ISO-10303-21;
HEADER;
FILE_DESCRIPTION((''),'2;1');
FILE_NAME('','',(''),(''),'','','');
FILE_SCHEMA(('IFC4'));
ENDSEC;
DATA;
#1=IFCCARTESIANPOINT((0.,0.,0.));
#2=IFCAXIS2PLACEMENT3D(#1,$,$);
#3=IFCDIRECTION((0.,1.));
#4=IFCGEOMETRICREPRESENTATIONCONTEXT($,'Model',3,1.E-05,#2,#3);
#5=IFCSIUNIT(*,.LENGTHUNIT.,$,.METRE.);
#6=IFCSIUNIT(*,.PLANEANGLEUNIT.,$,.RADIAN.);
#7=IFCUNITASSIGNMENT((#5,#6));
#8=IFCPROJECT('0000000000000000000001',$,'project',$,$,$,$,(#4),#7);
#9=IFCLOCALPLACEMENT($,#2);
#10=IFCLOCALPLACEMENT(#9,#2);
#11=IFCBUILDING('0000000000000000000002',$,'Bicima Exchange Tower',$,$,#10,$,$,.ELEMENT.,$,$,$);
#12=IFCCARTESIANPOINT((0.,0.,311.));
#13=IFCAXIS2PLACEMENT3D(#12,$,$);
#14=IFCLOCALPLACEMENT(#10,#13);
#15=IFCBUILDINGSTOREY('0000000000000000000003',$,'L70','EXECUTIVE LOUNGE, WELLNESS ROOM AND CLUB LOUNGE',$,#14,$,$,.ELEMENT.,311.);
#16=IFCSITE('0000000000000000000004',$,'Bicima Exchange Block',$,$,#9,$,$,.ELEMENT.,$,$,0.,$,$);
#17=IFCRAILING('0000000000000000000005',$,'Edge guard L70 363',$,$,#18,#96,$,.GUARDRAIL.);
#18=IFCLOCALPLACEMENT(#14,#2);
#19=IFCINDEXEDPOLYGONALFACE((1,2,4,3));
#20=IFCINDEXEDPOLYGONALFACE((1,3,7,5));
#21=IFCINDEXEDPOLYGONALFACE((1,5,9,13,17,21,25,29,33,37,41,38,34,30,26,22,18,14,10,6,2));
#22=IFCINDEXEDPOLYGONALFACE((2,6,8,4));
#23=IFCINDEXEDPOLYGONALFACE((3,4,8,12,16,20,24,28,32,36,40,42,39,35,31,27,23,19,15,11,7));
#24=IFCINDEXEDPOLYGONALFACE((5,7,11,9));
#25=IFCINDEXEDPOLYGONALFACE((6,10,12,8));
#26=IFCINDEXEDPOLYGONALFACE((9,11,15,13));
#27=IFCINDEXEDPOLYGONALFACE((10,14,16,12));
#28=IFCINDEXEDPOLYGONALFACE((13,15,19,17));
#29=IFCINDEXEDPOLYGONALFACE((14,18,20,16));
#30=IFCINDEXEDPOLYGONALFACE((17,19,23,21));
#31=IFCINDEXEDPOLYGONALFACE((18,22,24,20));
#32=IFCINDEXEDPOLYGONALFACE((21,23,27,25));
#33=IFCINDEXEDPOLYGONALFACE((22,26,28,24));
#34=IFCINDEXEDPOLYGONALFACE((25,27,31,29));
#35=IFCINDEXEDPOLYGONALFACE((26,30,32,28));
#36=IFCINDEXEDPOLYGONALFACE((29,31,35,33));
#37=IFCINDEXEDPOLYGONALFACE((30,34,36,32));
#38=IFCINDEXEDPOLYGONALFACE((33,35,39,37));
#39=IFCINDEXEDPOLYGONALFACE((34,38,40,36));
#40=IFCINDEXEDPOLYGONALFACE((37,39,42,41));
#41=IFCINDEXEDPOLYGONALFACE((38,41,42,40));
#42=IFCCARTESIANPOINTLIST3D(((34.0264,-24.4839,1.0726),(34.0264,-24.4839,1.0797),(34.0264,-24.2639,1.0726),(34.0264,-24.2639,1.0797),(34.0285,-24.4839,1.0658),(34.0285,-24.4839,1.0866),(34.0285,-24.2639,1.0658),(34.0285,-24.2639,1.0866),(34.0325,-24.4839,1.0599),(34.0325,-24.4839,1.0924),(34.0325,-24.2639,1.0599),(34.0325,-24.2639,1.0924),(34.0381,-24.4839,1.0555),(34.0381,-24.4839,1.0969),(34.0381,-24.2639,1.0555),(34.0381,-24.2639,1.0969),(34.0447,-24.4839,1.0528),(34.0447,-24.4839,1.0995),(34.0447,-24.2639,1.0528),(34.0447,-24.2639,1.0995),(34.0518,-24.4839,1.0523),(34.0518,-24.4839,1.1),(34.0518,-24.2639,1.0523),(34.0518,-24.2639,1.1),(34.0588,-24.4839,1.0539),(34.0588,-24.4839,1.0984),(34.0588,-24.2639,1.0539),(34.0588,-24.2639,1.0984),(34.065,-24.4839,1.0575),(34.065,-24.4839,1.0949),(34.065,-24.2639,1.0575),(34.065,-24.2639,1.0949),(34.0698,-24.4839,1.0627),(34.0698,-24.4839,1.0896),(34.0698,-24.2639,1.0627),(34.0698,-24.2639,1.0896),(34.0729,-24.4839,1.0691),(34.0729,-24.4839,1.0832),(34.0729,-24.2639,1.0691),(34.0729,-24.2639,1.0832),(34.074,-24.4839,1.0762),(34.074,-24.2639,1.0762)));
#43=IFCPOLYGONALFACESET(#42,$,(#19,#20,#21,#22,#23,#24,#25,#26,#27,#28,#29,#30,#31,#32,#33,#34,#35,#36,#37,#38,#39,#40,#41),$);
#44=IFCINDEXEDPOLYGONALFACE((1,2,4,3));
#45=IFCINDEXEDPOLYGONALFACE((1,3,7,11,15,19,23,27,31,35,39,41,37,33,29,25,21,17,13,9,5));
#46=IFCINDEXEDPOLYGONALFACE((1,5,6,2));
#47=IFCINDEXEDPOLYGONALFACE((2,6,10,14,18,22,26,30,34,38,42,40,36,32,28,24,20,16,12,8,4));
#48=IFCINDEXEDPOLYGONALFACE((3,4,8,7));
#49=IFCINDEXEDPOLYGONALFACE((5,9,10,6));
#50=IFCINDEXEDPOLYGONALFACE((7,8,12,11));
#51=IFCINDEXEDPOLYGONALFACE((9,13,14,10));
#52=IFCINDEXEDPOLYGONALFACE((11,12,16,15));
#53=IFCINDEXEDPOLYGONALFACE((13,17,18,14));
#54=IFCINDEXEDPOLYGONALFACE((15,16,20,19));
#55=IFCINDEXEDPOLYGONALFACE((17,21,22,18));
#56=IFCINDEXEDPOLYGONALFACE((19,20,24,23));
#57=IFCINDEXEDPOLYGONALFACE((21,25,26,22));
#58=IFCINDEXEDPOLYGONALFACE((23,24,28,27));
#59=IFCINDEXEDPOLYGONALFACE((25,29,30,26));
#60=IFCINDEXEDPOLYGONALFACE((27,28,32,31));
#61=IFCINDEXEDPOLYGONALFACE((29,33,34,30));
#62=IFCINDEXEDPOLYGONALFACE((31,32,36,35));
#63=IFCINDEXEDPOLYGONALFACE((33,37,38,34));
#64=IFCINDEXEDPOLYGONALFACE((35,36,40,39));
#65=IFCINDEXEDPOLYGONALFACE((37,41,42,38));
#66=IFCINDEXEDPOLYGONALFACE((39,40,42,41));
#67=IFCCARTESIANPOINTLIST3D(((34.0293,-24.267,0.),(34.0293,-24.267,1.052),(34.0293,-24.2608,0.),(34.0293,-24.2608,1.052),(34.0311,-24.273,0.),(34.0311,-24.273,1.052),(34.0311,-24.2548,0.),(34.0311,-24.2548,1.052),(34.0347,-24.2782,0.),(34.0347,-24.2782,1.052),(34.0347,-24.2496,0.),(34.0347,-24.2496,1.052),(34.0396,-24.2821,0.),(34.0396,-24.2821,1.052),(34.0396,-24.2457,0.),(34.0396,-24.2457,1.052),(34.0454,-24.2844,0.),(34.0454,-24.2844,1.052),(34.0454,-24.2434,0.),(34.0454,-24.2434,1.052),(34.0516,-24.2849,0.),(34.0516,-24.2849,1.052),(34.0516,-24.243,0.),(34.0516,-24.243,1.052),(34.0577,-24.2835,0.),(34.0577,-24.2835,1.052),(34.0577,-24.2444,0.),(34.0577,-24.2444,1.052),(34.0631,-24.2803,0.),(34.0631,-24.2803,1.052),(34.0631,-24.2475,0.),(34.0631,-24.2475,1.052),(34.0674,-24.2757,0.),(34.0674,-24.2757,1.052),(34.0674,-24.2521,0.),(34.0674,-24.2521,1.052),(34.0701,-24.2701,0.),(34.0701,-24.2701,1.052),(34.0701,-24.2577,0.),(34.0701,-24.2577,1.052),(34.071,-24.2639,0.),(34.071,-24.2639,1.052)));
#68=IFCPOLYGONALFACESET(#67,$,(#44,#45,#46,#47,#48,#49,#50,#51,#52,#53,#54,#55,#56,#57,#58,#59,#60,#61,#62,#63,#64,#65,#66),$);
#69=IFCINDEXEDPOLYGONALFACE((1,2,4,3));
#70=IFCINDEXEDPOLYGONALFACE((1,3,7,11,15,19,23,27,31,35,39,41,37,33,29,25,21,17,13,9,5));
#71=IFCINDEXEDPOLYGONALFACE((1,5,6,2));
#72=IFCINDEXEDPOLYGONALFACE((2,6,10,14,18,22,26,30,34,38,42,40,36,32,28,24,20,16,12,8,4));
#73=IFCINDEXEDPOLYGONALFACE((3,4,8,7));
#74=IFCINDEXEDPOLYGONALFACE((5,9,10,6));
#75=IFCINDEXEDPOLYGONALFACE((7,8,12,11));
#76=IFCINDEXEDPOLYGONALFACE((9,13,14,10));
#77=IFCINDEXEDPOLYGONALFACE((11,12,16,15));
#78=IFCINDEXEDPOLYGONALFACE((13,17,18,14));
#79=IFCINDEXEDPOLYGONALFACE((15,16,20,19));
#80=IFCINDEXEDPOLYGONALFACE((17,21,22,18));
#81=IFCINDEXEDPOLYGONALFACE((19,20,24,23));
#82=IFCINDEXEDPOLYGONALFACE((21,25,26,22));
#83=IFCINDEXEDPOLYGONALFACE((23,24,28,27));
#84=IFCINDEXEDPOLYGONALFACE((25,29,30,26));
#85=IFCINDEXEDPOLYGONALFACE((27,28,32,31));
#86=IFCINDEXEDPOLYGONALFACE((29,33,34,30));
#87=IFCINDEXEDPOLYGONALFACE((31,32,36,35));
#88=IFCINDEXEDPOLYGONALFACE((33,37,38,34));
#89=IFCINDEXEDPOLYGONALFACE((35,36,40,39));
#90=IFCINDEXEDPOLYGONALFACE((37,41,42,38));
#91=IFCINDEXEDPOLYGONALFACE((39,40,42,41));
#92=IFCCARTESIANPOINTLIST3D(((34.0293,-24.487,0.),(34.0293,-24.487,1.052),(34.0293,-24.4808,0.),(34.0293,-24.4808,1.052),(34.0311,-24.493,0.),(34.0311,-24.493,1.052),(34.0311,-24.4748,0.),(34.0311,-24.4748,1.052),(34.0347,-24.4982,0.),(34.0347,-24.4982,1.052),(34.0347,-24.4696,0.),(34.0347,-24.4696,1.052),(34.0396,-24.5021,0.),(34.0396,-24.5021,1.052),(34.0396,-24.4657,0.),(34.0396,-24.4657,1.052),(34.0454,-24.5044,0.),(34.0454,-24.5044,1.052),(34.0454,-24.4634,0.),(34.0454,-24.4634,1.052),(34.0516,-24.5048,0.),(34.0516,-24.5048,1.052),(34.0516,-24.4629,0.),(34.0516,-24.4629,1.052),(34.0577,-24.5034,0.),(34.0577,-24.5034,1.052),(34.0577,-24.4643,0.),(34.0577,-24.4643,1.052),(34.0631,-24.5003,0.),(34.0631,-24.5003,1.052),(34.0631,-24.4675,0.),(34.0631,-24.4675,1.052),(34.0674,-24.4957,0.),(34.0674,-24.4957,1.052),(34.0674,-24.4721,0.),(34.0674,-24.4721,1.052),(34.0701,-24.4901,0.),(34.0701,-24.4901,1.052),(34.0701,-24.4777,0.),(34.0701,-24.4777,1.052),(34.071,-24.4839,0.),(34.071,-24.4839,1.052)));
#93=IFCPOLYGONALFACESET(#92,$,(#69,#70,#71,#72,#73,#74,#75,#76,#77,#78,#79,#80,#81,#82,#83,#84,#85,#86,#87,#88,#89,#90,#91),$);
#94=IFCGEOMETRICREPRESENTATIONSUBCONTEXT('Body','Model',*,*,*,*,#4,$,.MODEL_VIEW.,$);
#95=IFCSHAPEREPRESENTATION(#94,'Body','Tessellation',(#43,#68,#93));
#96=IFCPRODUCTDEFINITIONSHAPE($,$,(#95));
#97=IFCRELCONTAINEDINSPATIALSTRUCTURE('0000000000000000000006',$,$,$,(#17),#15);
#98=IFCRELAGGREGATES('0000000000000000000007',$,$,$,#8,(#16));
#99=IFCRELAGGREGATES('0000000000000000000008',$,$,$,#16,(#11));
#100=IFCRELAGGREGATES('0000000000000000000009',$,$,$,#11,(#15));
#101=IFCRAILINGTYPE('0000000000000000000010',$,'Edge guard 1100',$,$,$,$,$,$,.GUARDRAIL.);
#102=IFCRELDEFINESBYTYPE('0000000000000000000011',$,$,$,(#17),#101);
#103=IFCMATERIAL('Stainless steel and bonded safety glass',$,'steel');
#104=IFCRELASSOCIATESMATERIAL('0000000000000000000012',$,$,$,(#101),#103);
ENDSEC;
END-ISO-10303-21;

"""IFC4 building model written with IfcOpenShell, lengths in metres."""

from ifc_helpers import new_model, si_unit, direction, frame, origin, origin_2d, place, context, subcontext, project, spatial, circle, extrude, material, type_object, element, save


model = new_model("IFC4")

# Units and contexts
model_context = context("Model", 3, precision=1e-05, world=origin(), true_north=direction((0.0, 1.0)))
body_context = subcontext(model_context, "Body", "Model", "MODEL_VIEW")
ifc_project = project(units=[si_unit("LENGTHUNIT", "METRE"), si_unit("PLANEANGLEUNIT", "RADIAN")], contexts=[model_context])

# Site, building, storey
site_placement = place(None, origin())
site = spatial("IfcSite", under=ifc_project, at=site_placement, Name="Bicima Exchange Block", CompositionType="ELEMENT", RefElevation=0.0)
building_placement = place(site_placement, origin())
building = spatial("IfcBuilding", under=site, at=building_placement, Name="Bicima Exchange Tower", CompositionType="ELEMENT")
storey_placement = place(building_placement, frame((0.0, 0.0, 311.0)))
storey = spatial("IfcBuildingStorey", under=building, at=storey_placement, Name="L70", Description="EXECUTIVE LOUNGE, WELLNESS ROOM AND CLUB LOUNGE", CompositionType="ELEMENT", Elevation=311.0)

# Railing
ifc_material_1 = material(Name="Stainless steel and bonded safety glass", Category="steel")
railing_type = type_object("IfcRailingType", Name="Edge guard 1100", PredefinedType="GUARDRAIL", material=ifc_material_1)
railing_1_placement = place(storey_placement, frame((34.05, -24.2639, 0.0)))
element("IfcRailing", 1, at=railing_1_placement, inside=storey, type_object=railing_type, Name="Edge guard L70 363", PredefinedType="GUARDRAIL", context=body_context, shape_type="SweptSolid", body=[
    extrude(circle(Radius=0.0239, at=origin_2d()), frame((0.0, 0.0, 1.0762), z_axis=(0.0, -1.0, 0.0), x_axis=(1.0, 0.0, 0.0)), (0.0, 0.0, 1.0), 0.22),
    extrude(circle(Radius=0.021, at=origin_2d()), origin(), (0.0, 0.0, 1.0), 1.052),
    extrude(circle(Radius=0.021, at=origin_2d()), frame((0.0, -0.22, 0.0)), (0.0, 0.0, 1.0), 1.052),
])

save(model, "model.ifc")
